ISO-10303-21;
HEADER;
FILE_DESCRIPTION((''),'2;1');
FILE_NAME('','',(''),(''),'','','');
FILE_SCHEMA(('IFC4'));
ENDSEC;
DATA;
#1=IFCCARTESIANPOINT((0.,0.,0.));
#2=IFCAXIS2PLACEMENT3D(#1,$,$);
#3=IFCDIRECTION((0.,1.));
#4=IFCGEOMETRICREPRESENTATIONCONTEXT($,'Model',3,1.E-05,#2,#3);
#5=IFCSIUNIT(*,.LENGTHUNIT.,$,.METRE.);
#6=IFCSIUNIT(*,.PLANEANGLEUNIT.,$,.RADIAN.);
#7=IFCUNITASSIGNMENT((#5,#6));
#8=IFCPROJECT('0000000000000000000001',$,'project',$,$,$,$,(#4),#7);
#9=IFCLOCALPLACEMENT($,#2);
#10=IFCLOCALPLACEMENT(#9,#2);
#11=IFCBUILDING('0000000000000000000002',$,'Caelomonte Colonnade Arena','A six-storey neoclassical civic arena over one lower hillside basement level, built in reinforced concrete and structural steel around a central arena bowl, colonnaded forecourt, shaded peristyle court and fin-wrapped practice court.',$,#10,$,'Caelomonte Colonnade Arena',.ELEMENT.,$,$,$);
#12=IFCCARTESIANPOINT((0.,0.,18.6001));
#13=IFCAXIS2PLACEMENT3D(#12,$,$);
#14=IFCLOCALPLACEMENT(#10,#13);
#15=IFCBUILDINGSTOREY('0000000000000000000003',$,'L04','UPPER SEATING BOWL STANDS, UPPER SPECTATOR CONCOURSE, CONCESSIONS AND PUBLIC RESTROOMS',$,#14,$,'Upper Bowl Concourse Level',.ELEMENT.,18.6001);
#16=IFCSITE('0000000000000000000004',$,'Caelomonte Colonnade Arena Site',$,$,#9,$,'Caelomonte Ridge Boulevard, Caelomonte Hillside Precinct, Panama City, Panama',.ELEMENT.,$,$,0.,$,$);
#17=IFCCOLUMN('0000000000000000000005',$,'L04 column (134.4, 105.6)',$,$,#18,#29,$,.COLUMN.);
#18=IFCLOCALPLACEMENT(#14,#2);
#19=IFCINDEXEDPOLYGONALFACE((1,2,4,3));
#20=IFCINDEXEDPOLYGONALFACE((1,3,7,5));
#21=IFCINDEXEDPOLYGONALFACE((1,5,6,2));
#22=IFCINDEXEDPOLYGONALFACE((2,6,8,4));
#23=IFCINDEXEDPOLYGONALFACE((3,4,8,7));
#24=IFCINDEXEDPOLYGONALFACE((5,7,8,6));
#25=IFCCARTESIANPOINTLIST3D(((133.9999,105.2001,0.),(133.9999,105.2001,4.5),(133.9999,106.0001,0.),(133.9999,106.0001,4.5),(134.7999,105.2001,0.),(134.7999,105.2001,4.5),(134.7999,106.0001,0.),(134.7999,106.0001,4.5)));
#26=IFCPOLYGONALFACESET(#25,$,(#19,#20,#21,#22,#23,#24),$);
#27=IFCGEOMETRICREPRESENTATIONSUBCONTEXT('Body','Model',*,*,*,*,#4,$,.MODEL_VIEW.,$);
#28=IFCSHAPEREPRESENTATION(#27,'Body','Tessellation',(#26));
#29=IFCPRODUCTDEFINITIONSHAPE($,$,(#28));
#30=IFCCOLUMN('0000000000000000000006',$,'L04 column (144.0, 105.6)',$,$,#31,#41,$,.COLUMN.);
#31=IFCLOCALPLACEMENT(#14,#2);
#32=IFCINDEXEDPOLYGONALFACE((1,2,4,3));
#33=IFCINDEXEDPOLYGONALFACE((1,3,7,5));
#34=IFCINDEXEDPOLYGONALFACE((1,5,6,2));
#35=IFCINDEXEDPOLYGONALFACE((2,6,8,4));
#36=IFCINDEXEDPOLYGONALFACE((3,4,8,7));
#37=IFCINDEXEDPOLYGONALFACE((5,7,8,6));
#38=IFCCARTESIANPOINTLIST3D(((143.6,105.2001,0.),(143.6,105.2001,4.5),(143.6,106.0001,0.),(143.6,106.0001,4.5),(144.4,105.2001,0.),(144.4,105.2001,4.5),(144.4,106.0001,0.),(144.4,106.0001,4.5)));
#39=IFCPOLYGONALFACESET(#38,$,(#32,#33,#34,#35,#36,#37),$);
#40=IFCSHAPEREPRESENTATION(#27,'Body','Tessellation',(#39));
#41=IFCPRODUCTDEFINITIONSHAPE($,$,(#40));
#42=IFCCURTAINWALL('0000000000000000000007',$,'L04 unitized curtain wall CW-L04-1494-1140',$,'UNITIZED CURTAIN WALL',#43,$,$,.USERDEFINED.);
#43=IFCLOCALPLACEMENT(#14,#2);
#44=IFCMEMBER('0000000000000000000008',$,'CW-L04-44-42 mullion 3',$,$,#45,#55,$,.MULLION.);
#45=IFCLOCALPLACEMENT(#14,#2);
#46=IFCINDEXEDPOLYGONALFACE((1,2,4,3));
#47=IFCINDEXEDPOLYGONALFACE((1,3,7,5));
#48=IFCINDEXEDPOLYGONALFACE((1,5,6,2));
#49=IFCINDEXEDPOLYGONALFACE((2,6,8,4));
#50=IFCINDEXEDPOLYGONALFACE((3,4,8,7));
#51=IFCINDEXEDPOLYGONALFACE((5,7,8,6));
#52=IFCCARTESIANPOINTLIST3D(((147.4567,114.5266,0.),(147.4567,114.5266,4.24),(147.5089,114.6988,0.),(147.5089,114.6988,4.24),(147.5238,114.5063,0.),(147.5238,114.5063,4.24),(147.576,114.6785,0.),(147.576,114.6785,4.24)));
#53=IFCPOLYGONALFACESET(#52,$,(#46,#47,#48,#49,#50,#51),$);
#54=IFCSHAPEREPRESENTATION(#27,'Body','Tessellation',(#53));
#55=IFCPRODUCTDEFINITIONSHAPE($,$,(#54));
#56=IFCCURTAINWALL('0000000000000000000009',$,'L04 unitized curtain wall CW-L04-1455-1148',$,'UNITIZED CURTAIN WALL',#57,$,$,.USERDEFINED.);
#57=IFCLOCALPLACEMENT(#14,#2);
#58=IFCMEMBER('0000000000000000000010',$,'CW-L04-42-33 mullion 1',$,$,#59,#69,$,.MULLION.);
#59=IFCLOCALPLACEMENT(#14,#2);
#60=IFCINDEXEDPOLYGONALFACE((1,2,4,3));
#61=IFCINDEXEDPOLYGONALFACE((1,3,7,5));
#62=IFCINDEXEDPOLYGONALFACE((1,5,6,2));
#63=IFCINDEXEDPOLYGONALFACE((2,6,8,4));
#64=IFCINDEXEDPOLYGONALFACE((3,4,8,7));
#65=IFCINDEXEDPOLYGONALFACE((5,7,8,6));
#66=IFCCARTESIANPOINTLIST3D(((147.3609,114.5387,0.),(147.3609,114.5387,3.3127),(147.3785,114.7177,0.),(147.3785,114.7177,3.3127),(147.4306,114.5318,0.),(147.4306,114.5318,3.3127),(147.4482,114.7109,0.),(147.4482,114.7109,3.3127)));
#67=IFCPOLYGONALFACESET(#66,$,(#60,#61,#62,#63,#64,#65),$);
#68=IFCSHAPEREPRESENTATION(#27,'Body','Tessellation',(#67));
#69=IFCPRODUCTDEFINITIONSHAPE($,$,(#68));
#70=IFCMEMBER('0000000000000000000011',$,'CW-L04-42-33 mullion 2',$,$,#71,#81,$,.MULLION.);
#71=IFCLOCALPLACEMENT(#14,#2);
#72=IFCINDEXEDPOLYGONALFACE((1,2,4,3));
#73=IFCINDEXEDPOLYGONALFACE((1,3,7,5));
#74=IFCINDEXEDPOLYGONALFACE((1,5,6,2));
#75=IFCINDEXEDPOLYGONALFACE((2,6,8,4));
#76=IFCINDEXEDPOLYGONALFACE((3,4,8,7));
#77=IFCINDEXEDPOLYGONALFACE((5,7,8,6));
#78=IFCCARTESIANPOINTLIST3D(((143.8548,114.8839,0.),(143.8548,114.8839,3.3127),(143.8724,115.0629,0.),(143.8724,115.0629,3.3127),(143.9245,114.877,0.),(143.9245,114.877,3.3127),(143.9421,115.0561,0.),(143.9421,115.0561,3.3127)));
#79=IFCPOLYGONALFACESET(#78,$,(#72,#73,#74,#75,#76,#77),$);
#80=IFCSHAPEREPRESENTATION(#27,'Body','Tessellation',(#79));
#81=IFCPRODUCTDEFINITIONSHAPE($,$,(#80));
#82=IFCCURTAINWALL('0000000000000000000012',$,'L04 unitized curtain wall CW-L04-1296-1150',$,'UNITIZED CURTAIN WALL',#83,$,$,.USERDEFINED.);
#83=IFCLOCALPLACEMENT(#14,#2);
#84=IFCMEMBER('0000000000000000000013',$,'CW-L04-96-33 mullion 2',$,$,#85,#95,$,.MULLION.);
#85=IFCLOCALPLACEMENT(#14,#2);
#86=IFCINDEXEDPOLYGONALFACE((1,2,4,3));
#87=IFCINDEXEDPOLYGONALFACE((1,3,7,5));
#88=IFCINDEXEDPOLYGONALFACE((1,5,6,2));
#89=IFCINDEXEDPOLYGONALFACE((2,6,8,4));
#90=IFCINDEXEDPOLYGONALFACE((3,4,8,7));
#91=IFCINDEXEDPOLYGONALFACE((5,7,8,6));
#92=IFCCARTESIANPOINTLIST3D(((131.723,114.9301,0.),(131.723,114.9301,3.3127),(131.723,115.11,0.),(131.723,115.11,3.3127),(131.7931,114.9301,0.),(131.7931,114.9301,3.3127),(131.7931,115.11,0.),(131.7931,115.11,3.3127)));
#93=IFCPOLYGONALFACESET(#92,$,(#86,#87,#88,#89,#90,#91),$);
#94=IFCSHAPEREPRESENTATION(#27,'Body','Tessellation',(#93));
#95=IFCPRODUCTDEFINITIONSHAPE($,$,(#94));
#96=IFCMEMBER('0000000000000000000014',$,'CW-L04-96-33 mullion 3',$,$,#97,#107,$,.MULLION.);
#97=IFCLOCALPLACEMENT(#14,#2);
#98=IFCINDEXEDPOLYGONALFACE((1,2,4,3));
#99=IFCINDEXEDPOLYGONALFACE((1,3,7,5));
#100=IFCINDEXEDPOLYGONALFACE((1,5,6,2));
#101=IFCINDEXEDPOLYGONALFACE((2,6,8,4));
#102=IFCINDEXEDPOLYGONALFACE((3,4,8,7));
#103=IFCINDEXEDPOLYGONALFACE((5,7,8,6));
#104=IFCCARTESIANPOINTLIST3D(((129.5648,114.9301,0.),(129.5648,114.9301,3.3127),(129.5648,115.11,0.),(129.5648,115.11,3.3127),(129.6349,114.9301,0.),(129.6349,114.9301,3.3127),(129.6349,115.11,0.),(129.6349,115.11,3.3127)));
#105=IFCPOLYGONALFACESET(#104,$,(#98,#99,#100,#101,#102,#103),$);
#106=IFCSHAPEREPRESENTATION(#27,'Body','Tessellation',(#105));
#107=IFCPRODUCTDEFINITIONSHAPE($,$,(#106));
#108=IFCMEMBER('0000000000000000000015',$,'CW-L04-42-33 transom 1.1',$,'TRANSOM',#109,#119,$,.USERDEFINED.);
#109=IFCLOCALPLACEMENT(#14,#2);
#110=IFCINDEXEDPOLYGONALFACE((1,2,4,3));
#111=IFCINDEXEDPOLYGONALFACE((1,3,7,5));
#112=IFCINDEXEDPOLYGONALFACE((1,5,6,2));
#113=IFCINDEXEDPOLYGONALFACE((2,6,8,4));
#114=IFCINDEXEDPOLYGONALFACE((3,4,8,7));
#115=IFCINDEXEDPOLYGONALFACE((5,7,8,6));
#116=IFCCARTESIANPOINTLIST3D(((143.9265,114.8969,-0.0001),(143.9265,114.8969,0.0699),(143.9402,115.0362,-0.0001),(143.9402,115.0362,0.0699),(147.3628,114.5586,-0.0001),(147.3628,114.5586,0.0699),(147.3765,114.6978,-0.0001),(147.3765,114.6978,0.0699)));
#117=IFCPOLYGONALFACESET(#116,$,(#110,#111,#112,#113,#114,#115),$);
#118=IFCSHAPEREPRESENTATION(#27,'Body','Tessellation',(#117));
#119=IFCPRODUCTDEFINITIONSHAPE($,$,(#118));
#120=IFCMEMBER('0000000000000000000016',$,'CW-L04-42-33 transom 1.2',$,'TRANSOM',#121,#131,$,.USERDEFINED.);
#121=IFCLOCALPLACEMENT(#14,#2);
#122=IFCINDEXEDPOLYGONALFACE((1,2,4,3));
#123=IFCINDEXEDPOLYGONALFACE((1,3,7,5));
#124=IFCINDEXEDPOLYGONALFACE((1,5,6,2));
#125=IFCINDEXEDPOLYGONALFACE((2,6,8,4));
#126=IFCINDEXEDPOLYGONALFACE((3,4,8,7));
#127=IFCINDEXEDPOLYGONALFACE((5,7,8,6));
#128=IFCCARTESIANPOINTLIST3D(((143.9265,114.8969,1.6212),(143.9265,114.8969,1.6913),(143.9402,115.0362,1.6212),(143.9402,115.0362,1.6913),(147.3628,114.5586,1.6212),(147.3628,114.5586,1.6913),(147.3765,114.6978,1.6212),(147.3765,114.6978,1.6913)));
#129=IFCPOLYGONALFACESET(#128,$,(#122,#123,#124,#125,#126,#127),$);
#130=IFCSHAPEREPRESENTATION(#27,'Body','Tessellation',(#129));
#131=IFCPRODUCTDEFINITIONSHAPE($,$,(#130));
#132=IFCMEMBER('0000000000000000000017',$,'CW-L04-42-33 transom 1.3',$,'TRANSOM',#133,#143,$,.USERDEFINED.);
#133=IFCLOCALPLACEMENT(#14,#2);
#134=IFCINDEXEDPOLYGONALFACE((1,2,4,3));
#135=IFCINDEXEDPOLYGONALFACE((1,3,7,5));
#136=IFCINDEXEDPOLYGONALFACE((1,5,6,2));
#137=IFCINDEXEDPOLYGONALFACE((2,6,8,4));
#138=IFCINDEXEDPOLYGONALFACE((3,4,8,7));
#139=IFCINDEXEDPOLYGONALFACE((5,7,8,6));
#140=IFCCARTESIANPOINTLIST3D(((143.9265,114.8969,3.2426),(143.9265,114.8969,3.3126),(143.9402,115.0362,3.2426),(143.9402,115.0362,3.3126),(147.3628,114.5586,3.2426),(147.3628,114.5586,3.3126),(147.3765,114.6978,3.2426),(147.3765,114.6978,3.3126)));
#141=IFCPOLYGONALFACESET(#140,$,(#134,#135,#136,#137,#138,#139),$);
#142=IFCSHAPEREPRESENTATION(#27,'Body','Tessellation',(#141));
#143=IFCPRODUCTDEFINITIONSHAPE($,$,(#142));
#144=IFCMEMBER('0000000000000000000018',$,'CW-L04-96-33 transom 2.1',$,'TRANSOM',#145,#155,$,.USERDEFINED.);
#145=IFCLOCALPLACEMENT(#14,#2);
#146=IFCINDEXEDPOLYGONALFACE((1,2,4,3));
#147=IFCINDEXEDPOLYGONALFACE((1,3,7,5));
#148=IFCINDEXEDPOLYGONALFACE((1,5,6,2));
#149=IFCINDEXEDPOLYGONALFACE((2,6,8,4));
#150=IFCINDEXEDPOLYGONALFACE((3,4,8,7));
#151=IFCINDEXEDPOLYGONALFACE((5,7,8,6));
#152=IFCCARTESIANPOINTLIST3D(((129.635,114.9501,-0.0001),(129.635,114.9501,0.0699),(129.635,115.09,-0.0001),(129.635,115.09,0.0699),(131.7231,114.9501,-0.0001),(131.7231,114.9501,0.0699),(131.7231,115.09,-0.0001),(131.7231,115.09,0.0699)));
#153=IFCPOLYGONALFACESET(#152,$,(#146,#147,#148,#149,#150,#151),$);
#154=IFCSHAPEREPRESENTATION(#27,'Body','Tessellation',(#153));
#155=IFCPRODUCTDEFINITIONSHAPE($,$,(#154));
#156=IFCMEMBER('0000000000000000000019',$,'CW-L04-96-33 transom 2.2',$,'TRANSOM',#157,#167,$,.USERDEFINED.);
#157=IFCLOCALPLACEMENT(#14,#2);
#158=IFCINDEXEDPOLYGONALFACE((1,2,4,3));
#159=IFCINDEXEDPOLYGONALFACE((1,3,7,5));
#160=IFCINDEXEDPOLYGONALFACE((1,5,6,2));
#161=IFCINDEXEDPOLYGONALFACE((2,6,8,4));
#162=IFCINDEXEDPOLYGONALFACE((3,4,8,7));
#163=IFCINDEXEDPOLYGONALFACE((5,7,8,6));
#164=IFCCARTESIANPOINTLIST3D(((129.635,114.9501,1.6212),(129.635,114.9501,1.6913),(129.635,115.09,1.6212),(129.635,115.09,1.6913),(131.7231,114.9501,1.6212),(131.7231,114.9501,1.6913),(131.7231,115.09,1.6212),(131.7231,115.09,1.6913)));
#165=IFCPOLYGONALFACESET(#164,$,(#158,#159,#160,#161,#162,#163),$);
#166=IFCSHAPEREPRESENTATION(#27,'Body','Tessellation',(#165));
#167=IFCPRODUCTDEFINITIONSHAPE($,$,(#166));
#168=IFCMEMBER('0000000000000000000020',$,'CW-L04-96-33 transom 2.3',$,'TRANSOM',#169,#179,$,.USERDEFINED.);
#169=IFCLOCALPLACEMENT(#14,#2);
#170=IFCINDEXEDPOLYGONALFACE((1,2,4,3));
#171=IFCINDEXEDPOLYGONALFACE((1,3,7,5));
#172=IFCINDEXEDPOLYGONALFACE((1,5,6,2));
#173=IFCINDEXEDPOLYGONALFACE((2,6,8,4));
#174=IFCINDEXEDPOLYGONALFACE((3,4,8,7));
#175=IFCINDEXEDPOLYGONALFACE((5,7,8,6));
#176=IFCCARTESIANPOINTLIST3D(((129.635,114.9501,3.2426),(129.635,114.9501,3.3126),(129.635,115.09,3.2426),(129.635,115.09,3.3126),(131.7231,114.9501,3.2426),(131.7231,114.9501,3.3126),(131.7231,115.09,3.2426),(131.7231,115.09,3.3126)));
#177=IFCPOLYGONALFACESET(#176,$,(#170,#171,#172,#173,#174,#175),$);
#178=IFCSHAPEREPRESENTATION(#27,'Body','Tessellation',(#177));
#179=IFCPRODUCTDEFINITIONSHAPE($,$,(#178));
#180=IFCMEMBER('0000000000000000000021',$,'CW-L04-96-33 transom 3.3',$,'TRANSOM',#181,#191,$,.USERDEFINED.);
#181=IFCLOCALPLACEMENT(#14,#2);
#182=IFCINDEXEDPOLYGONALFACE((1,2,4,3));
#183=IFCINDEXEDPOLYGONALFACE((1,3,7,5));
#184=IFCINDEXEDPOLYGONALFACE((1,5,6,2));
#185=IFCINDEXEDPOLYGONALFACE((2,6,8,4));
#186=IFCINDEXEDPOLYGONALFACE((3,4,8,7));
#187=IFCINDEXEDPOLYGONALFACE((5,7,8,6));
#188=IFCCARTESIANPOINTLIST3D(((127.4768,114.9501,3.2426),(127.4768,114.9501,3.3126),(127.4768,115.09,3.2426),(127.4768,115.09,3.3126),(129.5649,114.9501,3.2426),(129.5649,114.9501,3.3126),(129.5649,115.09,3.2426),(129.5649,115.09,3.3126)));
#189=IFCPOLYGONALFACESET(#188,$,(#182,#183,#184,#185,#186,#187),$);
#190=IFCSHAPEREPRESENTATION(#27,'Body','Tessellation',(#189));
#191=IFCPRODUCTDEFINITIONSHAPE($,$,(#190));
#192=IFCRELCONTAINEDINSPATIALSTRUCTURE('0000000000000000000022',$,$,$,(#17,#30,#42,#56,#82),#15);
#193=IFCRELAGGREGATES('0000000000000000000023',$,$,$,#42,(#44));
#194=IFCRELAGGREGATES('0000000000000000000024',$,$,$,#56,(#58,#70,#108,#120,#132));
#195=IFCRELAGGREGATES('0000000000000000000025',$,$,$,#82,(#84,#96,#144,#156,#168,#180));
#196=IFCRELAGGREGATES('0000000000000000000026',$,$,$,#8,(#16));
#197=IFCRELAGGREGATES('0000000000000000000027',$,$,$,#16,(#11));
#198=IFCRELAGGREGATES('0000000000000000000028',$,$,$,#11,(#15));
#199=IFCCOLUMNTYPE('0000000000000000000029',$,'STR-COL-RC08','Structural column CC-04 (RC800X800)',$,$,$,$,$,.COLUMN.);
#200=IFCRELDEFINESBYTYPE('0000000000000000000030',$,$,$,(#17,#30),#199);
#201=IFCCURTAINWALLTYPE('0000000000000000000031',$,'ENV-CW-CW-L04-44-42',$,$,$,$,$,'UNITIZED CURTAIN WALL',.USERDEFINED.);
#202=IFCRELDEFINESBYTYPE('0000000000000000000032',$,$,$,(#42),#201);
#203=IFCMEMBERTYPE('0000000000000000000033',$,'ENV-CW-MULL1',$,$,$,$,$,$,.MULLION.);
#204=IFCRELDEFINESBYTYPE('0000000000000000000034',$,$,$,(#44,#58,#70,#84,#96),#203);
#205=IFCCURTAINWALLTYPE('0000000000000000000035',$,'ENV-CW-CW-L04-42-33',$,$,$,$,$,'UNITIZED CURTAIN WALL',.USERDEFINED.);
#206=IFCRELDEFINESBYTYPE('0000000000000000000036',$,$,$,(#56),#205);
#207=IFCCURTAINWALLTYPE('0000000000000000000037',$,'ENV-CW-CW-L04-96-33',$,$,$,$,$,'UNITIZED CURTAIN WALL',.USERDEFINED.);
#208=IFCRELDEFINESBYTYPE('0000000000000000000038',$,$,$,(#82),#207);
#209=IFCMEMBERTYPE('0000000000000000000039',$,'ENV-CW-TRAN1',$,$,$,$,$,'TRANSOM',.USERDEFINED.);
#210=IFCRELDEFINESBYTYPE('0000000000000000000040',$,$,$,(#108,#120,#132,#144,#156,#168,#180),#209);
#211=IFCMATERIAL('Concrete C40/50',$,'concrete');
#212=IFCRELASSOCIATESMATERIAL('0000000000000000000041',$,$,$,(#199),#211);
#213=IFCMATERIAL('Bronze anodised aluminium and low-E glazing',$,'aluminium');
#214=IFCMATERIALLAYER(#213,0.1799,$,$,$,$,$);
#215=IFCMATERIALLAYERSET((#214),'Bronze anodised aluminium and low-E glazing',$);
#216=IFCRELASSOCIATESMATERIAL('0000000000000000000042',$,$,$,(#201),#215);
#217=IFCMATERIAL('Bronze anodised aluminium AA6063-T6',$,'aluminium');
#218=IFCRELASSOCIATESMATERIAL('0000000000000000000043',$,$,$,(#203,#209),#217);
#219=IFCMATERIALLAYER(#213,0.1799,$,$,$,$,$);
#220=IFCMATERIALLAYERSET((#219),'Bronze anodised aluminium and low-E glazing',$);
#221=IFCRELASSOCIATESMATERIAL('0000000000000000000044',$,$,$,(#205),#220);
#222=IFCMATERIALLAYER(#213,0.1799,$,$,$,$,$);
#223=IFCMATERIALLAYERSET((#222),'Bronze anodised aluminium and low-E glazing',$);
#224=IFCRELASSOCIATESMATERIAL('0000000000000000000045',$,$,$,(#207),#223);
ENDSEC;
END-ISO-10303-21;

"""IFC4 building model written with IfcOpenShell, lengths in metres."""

from ifc_helpers import new_model, si_unit, direction, frame, origin, origin_2d, place, context, subcontext, project, spatial, rectangle, extrude, material, layer, layer_set, material_profile, profile_set, type_object, element, aggregate, save


model = new_model("IFC4")

# Units and contexts
model_context = context("Model", 3, precision=1e-05, world=origin(), true_north=direction((0.0, 1.0)))
body_context = subcontext(model_context, "Body", "Model", "MODEL_VIEW")
ifc_project = project(units=[si_unit("LENGTHUNIT", "METRE"), si_unit("PLANEANGLEUNIT", "RADIAN")], contexts=[model_context])

# Site, building, storey
site_placement = place(None, origin())
site = spatial("IfcSite", under=ifc_project, at=site_placement, Name="Caelomonte Colonnade Arena Site", LongName="Caelomonte Ridge Boulevard, Caelomonte Hillside Precinct, Panama City, Panama", CompositionType="ELEMENT", RefElevation=0.0)
building_placement = place(site_placement, origin())
building = spatial("IfcBuilding", under=site, at=building_placement, Name="Caelomonte Colonnade Arena", Description="A six-storey neoclassical civic arena over one lower hillside basement level, built in reinforced concrete and structural steel around a central arena bowl, colonnaded forecourt, shaded peristyle court and fin-wrapped practice court.", LongName="Caelomonte Colonnade Arena", CompositionType="ELEMENT")
storey_placement = place(building_placement, frame((0.0, 0.0, 18.6001)))
storey = spatial("IfcBuildingStorey", under=building, at=storey_placement, Name="L04", Description="UPPER SEATING BOWL STANDS, UPPER SPECTATOR CONCOURSE, CONCESSIONS AND PUBLIC RESTROOMS", LongName="Upper Bowl Concourse Level", CompositionType="ELEMENT", Elevation=18.6001)

# Columns
ifc_material_1 = material(Name="Concrete C40/50", Category="concrete")
ifc_material_profile_1 = material_profile(ifc_material_1, rectangle(XDim=0.8, YDim=0.8, at=origin_2d()), Name="RC800X800")
ifc_profile_set_1 = profile_set([ifc_material_profile_1], Name="Concrete C40/50")
column_type = type_object("IfcColumnType", Name="STR-COL-RC08", Description="Structural column CC-04 (RC800X800)", PredefinedType="COLUMN", material=ifc_profile_set_1)
for number, where, z_axis, x_axis, name in (
    (1, (134.3999, 105.6001, 0.0), (0.0, 0.0, 1.0), (1.0, 0.0, 0.0), "L04 column (134.4, 105.6)"),
    (2, (144.0, 105.6001, 0.0), (0.0, 0.0, 1.0), (1.0, 0.0, 0.0), "L04 column (144.0, 105.6)"),
):
    element("IfcColumn", number, at=place(storey_placement, frame(where, z_axis=z_axis, x_axis=x_axis)), inside=storey, type_object=column_type, Name=name, PredefinedType="COLUMN", context=body_context, shape_type="SweptSolid", body=[
        extrude(rectangle(XDim=0.8, YDim=0.8, at=origin_2d()), origin(), (0.0, 0.0, 1.0), 4.5),
    ])

# Curtain wall, member
ifc_material_2 = material(Name="Bronze anodised aluminium and low-E glazing", Category="aluminium")
ifc_layer_1 = layer(ifc_material_2, 0.1799)
ifc_layer_set_1 = layer_set([ifc_layer_1], Name="Bronze anodised aluminium and low-E glazing")
curtain_wall_type_1 = type_object("IfcCurtainWallType", Name="ENV-CW-CW-L04-44-42", ElementType="UNITIZED CURTAIN WALL", PredefinedType="USERDEFINED", material=ifc_layer_set_1)
curtain_wall_1_placement = place(storey_placement, origin())
curtain_wall_1 = element("IfcCurtainWall", 3, at=curtain_wall_1_placement, inside=storey, type_object=curtain_wall_type_1, Name="L04 unitized curtain wall CW-L04-1494-1140", ObjectType="UNITIZED CURTAIN WALL", PredefinedType="USERDEFINED")
ifc_material_3 = material(Name="Bronze anodised aluminium AA6063-T6", Category="aluminium")
ifc_material_profile_2 = material_profile(ifc_material_3, rectangle(XDim=0.0701, YDim=0.1799, at=origin_2d()), Name="CWM-70X180")
ifc_profile_set_2 = profile_set([ifc_material_profile_2], Name="Bronze anodised aluminium AA6063-T6")
member_type_1 = type_object("IfcMemberType", Name="ENV-CW-MULL1", PredefinedType="MULLION", material=ifc_profile_set_2)
member_1_placement = place(storey_placement, frame((147.5164, 114.6025, 0.0), z_axis=(0.0, 0.0, 1.0), x_axis=(-0.956949, 0.290256, 0.0)))
member_1 = element("IfcMember", 4, at=member_1_placement, type_object=member_type_1, Name="CW-L04-44-42 mullion 3", PredefinedType="MULLION", context=body_context, shape_type="SweptSolid", body=[
    extrude(rectangle(XDim=0.0701, YDim=0.1799, at=origin_2d()), origin(), (0.0, 0.0, 1.0), 4.24),
])
aggregate(curtain_wall_1, [member_1])

# Curtain walls, members
ifc_layer_2 = layer(ifc_material_2, 0.1799)
ifc_layer_set_2 = layer_set([ifc_layer_2], Name="Bronze anodised aluminium and low-E glazing")
curtain_wall_type_2 = type_object("IfcCurtainWallType", Name="ENV-CW-CW-L04-42-33", ElementType="UNITIZED CURTAIN WALL", PredefinedType="USERDEFINED", material=ifc_layer_set_2)
curtain_wall_2_placement = place(storey_placement, origin())
curtain_wall_2 = element("IfcCurtainWall", 5, at=curtain_wall_2_placement, inside=storey, type_object=curtain_wall_type_2, Name="L04 unitized curtain wall CW-L04-1455-1148", ObjectType="UNITIZED CURTAIN WALL", PredefinedType="USERDEFINED")
member_2_placement = place(storey_placement, frame((147.4045, 114.6248, 0.0), z_axis=(0.0, 0.0, 1.0), x_axis=(-0.995184, 0.098021, 0.0)))
member_2 = element("IfcMember", 6, at=member_2_placement, type_object=member_type_1, Name="CW-L04-42-33 mullion 1", PredefinedType="MULLION", context=body_context, shape_type="SweptSolid", body=[
    extrude(rectangle(XDim=0.0701, YDim=0.1799, at=origin_2d()), origin(), (0.0, 0.0, 1.0), 3.3127),
])
member_3_placement = place(storey_placement, frame((143.8984, 114.97, 0.0), z_axis=(0.0, 0.0, 1.0), x_axis=(-0.995184, 0.098021, 0.0)))
member_3 = element("IfcMember", 7, at=member_3_placement, type_object=member_type_1, Name="CW-L04-42-33 mullion 2", PredefinedType="MULLION", context=body_context, shape_type="SweptSolid", body=[
    extrude(rectangle(XDim=0.0701, YDim=0.1799, at=origin_2d()), origin(), (0.0, 0.0, 1.0), 3.3127),
])
ifc_layer_3 = layer(ifc_material_2, 0.1799)
ifc_layer_set_3 = layer_set([ifc_layer_3], Name="Bronze anodised aluminium and low-E glazing")
curtain_wall_type_3 = type_object("IfcCurtainWallType", Name="ENV-CW-CW-L04-96-33", ElementType="UNITIZED CURTAIN WALL", PredefinedType="USERDEFINED", material=ifc_layer_set_3)
curtain_wall_3_placement = place(storey_placement, origin())
curtain_wall_3 = element("IfcCurtainWall", 8, at=curtain_wall_3_placement, inside=storey, type_object=curtain_wall_type_3, Name="L04 unitized curtain wall CW-L04-1296-1150", ObjectType="UNITIZED CURTAIN WALL", PredefinedType="USERDEFINED")
member_4_placement = place(storey_placement, frame((131.7581, 115.02, 0.0), z_axis=(0.0, 0.0, 1.0), x_axis=(-1.0, 0.0, 0.0)))
member_4 = element("IfcMember", 9, at=member_4_placement, type_object=member_type_1, Name="CW-L04-96-33 mullion 2", PredefinedType="MULLION", context=body_context, shape_type="SweptSolid", body=[
    extrude(rectangle(XDim=0.0701, YDim=0.1799, at=origin_2d()), origin(), (0.0, 0.0, 1.0), 3.3127),
])
member_5_placement = place(storey_placement, frame((129.5999, 115.02, 0.0), z_axis=(0.0, 0.0, 1.0), x_axis=(-1.0, 0.0, 0.0)))
member_5 = element("IfcMember", 10, at=member_5_placement, type_object=member_type_1, Name="CW-L04-96-33 mullion 3", PredefinedType="MULLION", context=body_context, shape_type="SweptSolid", body=[
    extrude(rectangle(XDim=0.0701, YDim=0.1799, at=origin_2d()), origin(), (0.0, 0.0, 1.0), 3.3127),
])

# Members
ifc_material_profile_3 = material_profile(ifc_material_3, rectangle(XDim=0.0701, YDim=0.1399, at=origin_2d()), Name="CWT-70X140")
ifc_profile_set_3 = profile_set([ifc_material_profile_3], Name="Bronze anodised aluminium AA6063-T6")
member_type_2 = type_object("IfcMemberType", Name="ENV-CW-TRAN1", ElementType="TRANSOM", PredefinedType="USERDEFINED", material=ifc_profile_set_3)
member_6_placement = place(storey_placement, frame((147.3696, 114.6282, 0.0349), z_axis=(-0.995187, 0.097998, 0.0), x_axis=(0.0, 0.0, 1.0)))
member_6 = element("IfcMember", 11, at=member_6_placement, type_object=member_type_2, Name="CW-L04-42-33 transom 1.1", ObjectType="TRANSOM", PredefinedType="USERDEFINED", context=body_context, shape_type="SweptSolid", body=[
    extrude(rectangle(XDim=0.0701, YDim=0.1399, at=origin_2d()), origin(), (0.0, 0.0, 1.0), 3.4529),
])
member_7_placement = place(storey_placement, frame((147.3696, 114.6282, 1.6562), z_axis=(-0.995187, 0.097998, 0.0), x_axis=(0.0, 0.0, 1.0)))
member_7 = element("IfcMember", 12, at=member_7_placement, type_object=member_type_2, Name="CW-L04-42-33 transom 1.2", ObjectType="TRANSOM", PredefinedType="USERDEFINED", context=body_context, shape_type="SweptSolid", body=[
    extrude(rectangle(XDim=0.0701, YDim=0.1399, at=origin_2d()), origin(), (0.0, 0.0, 1.0), 3.4529),
])
member_8_placement = place(storey_placement, frame((147.3696, 114.6282, 3.2776), z_axis=(-0.995187, 0.097998, 0.0), x_axis=(0.0, 0.0, 1.0)))
member_8 = element("IfcMember", 13, at=member_8_placement, type_object=member_type_2, Name="CW-L04-42-33 transom 1.3", ObjectType="TRANSOM", PredefinedType="USERDEFINED", context=body_context, shape_type="SweptSolid", body=[
    extrude(rectangle(XDim=0.0701, YDim=0.1399, at=origin_2d()), origin(), (0.0, 0.0, 1.0), 3.4529),
])
member_9_placement = place(storey_placement, frame((131.7231, 115.02, 0.0349), z_axis=(-1.0, 0.0, 0.0), x_axis=(0.0, 0.0, 1.0)))
member_9 = element("IfcMember", 14, at=member_9_placement, type_object=member_type_2, Name="CW-L04-96-33 transom 2.1", ObjectType="TRANSOM", PredefinedType="USERDEFINED", context=body_context, shape_type="SweptSolid", body=[
    extrude(rectangle(XDim=0.0701, YDim=0.1399, at=origin_2d()), origin(), (0.0, 0.0, 1.0), 2.0881),
])
member_10_placement = place(storey_placement, frame((131.7231, 115.02, 1.6562), z_axis=(-1.0, 0.0, 0.0), x_axis=(0.0, 0.0, 1.0)))
member_10 = element("IfcMember", 15, at=member_10_placement, type_object=member_type_2, Name="CW-L04-96-33 transom 2.2", ObjectType="TRANSOM", PredefinedType="USERDEFINED", context=body_context, shape_type="SweptSolid", body=[
    extrude(rectangle(XDim=0.0701, YDim=0.1399, at=origin_2d()), origin(), (0.0, 0.0, 1.0), 2.0881),
])
member_11_placement = place(storey_placement, frame((131.7231, 115.02, 3.2776), z_axis=(-1.0, 0.0, 0.0), x_axis=(0.0, 0.0, 1.0)))
member_11 = element("IfcMember", 16, at=member_11_placement, type_object=member_type_2, Name="CW-L04-96-33 transom 2.3", ObjectType="TRANSOM", PredefinedType="USERDEFINED", context=body_context, shape_type="SweptSolid", body=[
    extrude(rectangle(XDim=0.0701, YDim=0.1399, at=origin_2d()), origin(), (0.0, 0.0, 1.0), 2.0881),
])
member_12_placement = place(storey_placement, frame((129.5649, 115.02, 3.2776), z_axis=(-1.0, 0.0, 0.0), x_axis=(0.0, 0.0, 1.0)))
member_12 = element("IfcMember", 17, at=member_12_placement, type_object=member_type_2, Name="CW-L04-96-33 transom 3.3", ObjectType="TRANSOM", PredefinedType="USERDEFINED", context=body_context, shape_type="SweptSolid", body=[
    extrude(rectangle(XDim=0.0701, YDim=0.1399, at=origin_2d()), origin(), (0.0, 0.0, 1.0), 2.0881),
])

aggregate(curtain_wall_2, [member_2, member_3, member_6, member_7, member_8])
aggregate(curtain_wall_3, [member_4, member_5, member_9, member_10, member_11, member_12])

save(model, "model.ifc")
